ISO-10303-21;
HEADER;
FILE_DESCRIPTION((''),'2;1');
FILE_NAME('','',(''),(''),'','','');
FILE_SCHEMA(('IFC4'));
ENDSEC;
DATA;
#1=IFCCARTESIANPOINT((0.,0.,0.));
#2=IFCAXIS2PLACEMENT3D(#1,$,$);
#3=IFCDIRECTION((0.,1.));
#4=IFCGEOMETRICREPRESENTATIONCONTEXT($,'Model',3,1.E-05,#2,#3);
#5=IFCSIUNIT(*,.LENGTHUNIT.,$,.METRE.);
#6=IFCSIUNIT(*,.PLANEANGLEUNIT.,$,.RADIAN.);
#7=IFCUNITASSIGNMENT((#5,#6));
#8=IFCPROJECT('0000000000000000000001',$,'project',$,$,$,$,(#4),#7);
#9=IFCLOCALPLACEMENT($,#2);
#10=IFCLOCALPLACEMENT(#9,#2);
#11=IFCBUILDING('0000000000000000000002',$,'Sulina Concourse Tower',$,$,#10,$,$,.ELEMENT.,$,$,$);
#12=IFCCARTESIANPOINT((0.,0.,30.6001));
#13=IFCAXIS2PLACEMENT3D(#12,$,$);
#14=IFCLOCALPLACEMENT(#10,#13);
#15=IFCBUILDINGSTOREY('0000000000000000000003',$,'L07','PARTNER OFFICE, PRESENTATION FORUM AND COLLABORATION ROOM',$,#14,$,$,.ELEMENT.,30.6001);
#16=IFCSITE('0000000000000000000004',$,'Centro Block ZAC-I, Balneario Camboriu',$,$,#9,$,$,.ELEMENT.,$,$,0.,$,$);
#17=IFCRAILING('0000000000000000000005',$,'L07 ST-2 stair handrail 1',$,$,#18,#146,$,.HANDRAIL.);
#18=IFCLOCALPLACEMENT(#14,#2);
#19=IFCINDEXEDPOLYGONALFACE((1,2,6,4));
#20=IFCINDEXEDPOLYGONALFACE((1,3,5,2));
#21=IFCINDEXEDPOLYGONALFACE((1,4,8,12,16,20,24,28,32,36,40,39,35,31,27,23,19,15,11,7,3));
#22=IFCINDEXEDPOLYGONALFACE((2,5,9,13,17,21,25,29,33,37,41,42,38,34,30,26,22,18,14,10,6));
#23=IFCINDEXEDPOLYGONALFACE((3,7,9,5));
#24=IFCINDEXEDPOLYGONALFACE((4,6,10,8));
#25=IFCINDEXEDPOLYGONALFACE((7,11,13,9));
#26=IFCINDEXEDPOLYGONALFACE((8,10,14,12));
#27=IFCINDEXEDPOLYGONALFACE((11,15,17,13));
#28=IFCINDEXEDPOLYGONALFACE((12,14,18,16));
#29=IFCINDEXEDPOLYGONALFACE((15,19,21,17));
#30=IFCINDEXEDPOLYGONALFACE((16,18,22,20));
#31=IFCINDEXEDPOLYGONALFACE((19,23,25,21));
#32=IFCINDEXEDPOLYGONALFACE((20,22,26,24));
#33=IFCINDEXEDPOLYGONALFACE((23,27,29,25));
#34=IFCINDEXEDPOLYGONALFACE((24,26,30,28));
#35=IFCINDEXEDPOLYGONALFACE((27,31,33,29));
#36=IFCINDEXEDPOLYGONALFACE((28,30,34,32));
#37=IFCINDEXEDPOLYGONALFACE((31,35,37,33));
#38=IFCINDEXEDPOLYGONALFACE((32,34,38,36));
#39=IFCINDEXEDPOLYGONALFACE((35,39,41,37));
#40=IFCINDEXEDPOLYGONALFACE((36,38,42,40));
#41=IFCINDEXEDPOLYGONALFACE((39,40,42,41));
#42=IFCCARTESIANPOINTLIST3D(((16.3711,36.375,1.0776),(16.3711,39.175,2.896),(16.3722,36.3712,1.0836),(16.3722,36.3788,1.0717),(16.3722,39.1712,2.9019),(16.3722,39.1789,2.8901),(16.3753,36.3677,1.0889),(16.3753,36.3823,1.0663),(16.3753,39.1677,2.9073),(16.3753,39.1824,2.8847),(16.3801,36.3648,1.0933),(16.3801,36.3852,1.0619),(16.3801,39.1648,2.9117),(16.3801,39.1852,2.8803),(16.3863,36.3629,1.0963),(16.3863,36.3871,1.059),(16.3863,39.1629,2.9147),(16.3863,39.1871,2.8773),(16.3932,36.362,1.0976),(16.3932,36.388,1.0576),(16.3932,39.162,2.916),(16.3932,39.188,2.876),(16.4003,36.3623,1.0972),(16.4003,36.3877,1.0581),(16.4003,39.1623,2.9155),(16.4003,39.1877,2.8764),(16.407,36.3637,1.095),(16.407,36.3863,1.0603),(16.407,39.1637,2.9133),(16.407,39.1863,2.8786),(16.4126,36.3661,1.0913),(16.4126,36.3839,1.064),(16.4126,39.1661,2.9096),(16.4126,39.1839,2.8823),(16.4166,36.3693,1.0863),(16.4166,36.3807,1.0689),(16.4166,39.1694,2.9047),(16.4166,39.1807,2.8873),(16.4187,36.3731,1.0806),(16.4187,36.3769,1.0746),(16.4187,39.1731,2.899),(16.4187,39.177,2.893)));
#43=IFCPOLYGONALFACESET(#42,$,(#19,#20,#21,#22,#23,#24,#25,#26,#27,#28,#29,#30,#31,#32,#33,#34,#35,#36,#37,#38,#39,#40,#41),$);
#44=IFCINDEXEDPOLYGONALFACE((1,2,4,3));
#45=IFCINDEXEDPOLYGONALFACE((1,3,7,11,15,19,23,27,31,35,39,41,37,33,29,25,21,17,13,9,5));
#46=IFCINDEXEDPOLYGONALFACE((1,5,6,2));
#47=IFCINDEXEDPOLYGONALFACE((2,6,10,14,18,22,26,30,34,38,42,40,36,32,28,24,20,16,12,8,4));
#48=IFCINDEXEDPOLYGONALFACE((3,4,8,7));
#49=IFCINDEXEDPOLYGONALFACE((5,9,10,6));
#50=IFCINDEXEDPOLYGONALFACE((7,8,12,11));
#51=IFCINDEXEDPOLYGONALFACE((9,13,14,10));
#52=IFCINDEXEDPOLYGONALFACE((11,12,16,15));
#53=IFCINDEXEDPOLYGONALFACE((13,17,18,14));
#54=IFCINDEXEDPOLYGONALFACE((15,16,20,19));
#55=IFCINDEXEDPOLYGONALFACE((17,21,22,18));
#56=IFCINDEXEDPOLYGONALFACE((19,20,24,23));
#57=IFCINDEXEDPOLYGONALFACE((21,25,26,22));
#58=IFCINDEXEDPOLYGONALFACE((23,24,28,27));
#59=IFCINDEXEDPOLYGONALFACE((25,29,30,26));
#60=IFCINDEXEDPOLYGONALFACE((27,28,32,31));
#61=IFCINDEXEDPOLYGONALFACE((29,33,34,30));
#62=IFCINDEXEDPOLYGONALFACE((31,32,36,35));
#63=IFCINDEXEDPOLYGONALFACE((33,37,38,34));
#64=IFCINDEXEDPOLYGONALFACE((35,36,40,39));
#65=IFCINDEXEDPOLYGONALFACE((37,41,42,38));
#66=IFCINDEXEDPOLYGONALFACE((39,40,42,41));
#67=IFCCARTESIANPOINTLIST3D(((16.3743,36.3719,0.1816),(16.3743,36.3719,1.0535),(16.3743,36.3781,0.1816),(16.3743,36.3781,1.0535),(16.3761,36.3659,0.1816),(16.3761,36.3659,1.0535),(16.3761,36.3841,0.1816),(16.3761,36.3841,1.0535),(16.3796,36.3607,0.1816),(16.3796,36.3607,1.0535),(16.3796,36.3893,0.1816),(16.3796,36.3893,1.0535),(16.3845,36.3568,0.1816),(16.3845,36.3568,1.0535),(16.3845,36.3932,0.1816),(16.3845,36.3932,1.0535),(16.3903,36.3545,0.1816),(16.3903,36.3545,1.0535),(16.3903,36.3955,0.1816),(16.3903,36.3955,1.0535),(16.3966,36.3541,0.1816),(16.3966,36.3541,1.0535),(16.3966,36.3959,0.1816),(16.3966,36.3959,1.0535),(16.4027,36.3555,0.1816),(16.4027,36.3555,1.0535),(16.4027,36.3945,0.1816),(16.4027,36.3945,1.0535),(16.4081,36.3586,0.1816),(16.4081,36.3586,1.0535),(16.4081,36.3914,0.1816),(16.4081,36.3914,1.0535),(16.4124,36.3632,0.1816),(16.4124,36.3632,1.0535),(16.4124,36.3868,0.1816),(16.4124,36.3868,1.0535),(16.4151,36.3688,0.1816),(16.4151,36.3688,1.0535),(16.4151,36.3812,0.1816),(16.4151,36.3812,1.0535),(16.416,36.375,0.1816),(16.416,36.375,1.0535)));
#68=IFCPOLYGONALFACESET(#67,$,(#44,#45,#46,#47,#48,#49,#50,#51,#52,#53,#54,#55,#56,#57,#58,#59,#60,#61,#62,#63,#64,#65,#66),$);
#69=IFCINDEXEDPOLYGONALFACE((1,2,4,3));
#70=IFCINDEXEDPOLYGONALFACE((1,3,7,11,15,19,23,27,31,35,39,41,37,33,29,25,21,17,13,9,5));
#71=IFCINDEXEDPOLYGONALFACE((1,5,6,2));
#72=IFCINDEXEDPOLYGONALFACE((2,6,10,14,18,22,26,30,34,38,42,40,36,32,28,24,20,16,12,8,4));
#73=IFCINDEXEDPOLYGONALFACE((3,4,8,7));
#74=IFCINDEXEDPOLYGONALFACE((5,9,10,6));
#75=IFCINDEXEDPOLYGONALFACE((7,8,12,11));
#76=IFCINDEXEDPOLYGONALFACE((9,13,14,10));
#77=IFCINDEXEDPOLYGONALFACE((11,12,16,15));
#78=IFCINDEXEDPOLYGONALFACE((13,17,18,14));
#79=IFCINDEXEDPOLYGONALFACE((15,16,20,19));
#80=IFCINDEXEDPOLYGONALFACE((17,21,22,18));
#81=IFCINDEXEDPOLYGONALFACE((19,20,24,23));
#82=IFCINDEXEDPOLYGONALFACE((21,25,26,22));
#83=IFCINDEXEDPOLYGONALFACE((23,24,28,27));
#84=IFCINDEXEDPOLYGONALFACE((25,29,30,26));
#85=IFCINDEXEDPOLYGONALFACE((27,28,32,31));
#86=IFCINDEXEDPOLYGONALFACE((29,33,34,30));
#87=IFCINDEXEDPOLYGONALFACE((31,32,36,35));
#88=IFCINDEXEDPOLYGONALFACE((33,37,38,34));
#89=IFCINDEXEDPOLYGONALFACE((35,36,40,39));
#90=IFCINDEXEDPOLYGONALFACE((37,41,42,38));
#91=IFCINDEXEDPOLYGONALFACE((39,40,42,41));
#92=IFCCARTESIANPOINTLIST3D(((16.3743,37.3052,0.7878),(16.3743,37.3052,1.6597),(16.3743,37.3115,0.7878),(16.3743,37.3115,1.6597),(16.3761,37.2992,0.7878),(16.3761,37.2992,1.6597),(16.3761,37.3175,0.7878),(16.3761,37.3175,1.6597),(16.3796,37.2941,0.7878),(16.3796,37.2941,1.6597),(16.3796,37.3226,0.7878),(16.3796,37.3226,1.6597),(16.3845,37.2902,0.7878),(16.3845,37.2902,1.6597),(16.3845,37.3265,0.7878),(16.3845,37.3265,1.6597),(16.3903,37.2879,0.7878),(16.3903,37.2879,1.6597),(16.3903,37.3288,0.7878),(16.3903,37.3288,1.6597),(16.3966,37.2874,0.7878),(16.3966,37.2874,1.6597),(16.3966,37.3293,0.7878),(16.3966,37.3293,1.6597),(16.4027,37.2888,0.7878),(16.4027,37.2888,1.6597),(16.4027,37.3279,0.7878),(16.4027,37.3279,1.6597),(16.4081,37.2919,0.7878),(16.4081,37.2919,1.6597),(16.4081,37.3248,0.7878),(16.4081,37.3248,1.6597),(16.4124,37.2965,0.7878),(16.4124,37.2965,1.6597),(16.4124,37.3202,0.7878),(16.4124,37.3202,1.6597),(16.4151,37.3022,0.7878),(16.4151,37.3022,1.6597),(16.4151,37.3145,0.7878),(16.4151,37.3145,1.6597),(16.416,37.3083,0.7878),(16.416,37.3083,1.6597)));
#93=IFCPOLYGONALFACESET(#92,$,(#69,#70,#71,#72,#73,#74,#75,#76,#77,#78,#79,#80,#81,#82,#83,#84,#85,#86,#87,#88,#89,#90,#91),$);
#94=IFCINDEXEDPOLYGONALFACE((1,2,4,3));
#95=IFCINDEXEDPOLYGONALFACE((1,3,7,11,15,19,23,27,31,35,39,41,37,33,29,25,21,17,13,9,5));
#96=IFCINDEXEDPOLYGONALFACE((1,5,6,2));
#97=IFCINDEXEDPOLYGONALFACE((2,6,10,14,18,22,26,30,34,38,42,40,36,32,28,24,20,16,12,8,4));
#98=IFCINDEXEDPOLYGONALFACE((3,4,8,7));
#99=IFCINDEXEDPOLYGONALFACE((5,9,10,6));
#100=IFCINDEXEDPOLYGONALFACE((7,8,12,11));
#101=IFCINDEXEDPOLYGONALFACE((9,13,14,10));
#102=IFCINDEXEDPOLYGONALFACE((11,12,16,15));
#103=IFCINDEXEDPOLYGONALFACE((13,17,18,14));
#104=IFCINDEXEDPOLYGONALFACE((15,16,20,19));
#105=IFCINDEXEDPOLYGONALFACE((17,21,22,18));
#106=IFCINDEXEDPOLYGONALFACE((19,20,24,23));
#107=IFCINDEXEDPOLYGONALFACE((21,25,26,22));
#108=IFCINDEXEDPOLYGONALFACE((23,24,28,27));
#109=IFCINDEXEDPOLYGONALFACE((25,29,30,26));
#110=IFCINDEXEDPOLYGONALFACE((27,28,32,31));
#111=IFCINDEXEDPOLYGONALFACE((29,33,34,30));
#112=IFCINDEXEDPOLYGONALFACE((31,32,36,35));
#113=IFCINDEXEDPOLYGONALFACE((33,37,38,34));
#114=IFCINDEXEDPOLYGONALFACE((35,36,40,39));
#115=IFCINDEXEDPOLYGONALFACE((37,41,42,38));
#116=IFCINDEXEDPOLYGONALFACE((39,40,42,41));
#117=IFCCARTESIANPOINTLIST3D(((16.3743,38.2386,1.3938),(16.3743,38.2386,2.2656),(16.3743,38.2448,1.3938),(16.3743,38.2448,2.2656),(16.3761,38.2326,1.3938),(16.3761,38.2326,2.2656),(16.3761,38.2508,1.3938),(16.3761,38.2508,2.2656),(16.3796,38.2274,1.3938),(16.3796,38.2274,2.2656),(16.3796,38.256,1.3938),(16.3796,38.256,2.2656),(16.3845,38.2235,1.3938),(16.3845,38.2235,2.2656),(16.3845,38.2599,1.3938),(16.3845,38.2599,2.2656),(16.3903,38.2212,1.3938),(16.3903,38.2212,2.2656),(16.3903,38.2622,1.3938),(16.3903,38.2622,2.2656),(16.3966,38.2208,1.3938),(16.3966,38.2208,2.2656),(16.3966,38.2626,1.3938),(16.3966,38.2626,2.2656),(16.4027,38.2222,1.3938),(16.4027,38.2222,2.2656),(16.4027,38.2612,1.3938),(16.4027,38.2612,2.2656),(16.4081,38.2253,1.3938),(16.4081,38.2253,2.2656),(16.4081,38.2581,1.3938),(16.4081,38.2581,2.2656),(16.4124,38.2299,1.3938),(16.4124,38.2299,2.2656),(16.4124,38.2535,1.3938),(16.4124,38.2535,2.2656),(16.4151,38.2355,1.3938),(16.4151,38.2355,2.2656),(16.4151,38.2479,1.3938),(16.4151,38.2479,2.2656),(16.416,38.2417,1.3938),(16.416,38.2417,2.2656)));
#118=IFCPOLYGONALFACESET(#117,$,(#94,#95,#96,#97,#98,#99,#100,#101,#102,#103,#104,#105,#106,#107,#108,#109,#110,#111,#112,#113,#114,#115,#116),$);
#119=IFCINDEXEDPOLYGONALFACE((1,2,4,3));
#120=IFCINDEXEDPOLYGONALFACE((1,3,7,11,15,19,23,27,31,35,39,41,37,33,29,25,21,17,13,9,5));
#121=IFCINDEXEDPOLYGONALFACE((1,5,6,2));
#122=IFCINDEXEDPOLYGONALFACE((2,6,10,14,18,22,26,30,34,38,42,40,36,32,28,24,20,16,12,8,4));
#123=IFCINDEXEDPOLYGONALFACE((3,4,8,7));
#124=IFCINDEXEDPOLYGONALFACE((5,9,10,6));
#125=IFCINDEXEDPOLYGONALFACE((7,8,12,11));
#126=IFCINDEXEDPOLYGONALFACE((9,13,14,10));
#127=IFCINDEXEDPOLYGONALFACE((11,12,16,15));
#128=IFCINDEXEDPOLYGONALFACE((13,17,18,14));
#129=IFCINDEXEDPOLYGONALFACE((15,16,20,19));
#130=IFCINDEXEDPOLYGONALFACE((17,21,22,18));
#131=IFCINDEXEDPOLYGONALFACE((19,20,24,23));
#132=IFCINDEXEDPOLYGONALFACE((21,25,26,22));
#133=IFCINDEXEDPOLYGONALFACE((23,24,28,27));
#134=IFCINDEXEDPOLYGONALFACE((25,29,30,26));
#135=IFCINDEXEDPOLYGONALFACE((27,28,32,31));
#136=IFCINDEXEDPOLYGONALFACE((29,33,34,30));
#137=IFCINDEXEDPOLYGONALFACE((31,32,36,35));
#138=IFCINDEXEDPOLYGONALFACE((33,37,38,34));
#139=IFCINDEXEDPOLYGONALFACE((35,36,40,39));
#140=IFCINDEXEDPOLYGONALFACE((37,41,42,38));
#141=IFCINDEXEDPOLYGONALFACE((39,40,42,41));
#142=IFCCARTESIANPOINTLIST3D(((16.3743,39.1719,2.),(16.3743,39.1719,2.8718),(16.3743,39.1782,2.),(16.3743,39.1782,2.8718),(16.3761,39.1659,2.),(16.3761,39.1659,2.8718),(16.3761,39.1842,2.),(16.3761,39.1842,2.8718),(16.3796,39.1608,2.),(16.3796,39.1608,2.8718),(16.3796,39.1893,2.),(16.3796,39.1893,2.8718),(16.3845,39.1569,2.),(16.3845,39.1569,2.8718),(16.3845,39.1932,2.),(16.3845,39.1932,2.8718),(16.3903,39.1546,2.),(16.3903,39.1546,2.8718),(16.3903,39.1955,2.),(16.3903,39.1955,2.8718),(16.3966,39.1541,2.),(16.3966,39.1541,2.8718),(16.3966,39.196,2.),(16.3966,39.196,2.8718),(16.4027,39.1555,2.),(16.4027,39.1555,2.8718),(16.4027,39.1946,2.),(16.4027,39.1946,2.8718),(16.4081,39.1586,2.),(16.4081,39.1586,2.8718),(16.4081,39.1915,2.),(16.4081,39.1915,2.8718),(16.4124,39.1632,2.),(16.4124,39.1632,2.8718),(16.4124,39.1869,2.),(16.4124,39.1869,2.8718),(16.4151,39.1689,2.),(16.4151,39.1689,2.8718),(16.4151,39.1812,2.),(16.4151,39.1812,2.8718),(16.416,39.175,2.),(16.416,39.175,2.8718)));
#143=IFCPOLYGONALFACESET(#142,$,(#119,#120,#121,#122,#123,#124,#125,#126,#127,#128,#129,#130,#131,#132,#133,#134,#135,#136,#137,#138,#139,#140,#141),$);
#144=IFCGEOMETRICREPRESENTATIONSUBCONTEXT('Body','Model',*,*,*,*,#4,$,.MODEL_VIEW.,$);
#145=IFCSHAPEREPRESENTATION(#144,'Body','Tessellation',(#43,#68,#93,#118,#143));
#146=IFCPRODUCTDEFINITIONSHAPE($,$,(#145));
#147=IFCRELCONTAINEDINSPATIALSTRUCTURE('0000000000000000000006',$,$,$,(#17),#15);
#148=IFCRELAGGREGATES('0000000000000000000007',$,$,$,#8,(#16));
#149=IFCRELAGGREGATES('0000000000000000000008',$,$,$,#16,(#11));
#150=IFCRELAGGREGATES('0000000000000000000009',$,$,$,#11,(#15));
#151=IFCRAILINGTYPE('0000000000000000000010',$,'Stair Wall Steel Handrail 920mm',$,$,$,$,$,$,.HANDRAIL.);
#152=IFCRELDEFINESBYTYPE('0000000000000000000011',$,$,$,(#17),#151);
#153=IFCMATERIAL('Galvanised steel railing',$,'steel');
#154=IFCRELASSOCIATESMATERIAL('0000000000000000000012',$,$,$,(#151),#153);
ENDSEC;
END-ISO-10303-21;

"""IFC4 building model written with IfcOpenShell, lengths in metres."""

from ifc_helpers import new_model, si_unit, direction, frame, origin, origin_2d, place, context, subcontext, project, spatial, circle, extrude, material, type_object, element, save


model = new_model("IFC4")

# Units and contexts
model_context = context("Model", 3, precision=1e-05, world=origin(), true_north=direction((0.0, 1.0)))
body_context = subcontext(model_context, "Body", "Model", "MODEL_VIEW")
ifc_project = project(units=[si_unit("LENGTHUNIT", "METRE"), si_unit("PLANEANGLEUNIT", "RADIAN")], contexts=[model_context])

# Site, building, storey
site_placement = place(None, origin())
site = spatial("IfcSite", under=ifc_project, at=site_placement, Name="Centro Block ZAC-I, Balneario Camboriu", CompositionType="ELEMENT", RefElevation=0.0)
building_placement = place(site_placement, origin())
building = spatial("IfcBuilding", under=site, at=building_placement, Name="Sulina Concourse Tower", CompositionType="ELEMENT")
storey_placement = place(building_placement, frame((0.0, 0.0, 30.6001)))
storey = spatial("IfcBuildingStorey", under=building, at=storey_placement, Name="L07", Description="PARTNER OFFICE, PRESENTATION FORUM AND COLLABORATION ROOM", CompositionType="ELEMENT", Elevation=30.6001)

# Railing
ifc_material_1 = material(Name="Galvanised steel railing", Category="steel")
railing_type_1 = type_object("IfcRailingType", Name="Stair Wall Steel Handrail 920mm", PredefinedType="HANDRAIL", material=ifc_material_1)
railing_1_placement = place(storey_placement, frame((16.395, 36.375, 0.1816)))
element("IfcRailing", 1, at=railing_1_placement, inside=storey, type_object=railing_type_1, Name="L07 ST-2 stair handrail 1", PredefinedType="HANDRAIL", context=body_context, shape_type="SweptSolid", body=[
    extrude(circle(Radius=0.0239, at=origin_2d()), frame((0.0, 0.0, 0.896), z_axis=(0.0, 0.838672, 0.544636), x_axis=(-1.0, 0.0, 0.0)), (0.0, 0.0, 1.0), 3.3386),
    extrude(circle(Radius=0.021, at=origin_2d()), origin(), (0.0, 0.0, 1.0), 0.8718),
    extrude(circle(Radius=0.021, at=origin_2d()), frame((0.0, 0.9333, 0.6062)), (0.0, 0.0, 1.0), 0.8718),
    extrude(circle(Radius=0.021, at=origin_2d()), frame((0.0, 1.8667, 1.2122)), (0.0, 0.0, 1.0), 0.8718),
    extrude(circle(Radius=0.021, at=origin_2d()), frame((0.0, 2.8, 1.8184)), (0.0, 0.0, 1.0), 0.8718),
])

save(model, "model.ifc")
